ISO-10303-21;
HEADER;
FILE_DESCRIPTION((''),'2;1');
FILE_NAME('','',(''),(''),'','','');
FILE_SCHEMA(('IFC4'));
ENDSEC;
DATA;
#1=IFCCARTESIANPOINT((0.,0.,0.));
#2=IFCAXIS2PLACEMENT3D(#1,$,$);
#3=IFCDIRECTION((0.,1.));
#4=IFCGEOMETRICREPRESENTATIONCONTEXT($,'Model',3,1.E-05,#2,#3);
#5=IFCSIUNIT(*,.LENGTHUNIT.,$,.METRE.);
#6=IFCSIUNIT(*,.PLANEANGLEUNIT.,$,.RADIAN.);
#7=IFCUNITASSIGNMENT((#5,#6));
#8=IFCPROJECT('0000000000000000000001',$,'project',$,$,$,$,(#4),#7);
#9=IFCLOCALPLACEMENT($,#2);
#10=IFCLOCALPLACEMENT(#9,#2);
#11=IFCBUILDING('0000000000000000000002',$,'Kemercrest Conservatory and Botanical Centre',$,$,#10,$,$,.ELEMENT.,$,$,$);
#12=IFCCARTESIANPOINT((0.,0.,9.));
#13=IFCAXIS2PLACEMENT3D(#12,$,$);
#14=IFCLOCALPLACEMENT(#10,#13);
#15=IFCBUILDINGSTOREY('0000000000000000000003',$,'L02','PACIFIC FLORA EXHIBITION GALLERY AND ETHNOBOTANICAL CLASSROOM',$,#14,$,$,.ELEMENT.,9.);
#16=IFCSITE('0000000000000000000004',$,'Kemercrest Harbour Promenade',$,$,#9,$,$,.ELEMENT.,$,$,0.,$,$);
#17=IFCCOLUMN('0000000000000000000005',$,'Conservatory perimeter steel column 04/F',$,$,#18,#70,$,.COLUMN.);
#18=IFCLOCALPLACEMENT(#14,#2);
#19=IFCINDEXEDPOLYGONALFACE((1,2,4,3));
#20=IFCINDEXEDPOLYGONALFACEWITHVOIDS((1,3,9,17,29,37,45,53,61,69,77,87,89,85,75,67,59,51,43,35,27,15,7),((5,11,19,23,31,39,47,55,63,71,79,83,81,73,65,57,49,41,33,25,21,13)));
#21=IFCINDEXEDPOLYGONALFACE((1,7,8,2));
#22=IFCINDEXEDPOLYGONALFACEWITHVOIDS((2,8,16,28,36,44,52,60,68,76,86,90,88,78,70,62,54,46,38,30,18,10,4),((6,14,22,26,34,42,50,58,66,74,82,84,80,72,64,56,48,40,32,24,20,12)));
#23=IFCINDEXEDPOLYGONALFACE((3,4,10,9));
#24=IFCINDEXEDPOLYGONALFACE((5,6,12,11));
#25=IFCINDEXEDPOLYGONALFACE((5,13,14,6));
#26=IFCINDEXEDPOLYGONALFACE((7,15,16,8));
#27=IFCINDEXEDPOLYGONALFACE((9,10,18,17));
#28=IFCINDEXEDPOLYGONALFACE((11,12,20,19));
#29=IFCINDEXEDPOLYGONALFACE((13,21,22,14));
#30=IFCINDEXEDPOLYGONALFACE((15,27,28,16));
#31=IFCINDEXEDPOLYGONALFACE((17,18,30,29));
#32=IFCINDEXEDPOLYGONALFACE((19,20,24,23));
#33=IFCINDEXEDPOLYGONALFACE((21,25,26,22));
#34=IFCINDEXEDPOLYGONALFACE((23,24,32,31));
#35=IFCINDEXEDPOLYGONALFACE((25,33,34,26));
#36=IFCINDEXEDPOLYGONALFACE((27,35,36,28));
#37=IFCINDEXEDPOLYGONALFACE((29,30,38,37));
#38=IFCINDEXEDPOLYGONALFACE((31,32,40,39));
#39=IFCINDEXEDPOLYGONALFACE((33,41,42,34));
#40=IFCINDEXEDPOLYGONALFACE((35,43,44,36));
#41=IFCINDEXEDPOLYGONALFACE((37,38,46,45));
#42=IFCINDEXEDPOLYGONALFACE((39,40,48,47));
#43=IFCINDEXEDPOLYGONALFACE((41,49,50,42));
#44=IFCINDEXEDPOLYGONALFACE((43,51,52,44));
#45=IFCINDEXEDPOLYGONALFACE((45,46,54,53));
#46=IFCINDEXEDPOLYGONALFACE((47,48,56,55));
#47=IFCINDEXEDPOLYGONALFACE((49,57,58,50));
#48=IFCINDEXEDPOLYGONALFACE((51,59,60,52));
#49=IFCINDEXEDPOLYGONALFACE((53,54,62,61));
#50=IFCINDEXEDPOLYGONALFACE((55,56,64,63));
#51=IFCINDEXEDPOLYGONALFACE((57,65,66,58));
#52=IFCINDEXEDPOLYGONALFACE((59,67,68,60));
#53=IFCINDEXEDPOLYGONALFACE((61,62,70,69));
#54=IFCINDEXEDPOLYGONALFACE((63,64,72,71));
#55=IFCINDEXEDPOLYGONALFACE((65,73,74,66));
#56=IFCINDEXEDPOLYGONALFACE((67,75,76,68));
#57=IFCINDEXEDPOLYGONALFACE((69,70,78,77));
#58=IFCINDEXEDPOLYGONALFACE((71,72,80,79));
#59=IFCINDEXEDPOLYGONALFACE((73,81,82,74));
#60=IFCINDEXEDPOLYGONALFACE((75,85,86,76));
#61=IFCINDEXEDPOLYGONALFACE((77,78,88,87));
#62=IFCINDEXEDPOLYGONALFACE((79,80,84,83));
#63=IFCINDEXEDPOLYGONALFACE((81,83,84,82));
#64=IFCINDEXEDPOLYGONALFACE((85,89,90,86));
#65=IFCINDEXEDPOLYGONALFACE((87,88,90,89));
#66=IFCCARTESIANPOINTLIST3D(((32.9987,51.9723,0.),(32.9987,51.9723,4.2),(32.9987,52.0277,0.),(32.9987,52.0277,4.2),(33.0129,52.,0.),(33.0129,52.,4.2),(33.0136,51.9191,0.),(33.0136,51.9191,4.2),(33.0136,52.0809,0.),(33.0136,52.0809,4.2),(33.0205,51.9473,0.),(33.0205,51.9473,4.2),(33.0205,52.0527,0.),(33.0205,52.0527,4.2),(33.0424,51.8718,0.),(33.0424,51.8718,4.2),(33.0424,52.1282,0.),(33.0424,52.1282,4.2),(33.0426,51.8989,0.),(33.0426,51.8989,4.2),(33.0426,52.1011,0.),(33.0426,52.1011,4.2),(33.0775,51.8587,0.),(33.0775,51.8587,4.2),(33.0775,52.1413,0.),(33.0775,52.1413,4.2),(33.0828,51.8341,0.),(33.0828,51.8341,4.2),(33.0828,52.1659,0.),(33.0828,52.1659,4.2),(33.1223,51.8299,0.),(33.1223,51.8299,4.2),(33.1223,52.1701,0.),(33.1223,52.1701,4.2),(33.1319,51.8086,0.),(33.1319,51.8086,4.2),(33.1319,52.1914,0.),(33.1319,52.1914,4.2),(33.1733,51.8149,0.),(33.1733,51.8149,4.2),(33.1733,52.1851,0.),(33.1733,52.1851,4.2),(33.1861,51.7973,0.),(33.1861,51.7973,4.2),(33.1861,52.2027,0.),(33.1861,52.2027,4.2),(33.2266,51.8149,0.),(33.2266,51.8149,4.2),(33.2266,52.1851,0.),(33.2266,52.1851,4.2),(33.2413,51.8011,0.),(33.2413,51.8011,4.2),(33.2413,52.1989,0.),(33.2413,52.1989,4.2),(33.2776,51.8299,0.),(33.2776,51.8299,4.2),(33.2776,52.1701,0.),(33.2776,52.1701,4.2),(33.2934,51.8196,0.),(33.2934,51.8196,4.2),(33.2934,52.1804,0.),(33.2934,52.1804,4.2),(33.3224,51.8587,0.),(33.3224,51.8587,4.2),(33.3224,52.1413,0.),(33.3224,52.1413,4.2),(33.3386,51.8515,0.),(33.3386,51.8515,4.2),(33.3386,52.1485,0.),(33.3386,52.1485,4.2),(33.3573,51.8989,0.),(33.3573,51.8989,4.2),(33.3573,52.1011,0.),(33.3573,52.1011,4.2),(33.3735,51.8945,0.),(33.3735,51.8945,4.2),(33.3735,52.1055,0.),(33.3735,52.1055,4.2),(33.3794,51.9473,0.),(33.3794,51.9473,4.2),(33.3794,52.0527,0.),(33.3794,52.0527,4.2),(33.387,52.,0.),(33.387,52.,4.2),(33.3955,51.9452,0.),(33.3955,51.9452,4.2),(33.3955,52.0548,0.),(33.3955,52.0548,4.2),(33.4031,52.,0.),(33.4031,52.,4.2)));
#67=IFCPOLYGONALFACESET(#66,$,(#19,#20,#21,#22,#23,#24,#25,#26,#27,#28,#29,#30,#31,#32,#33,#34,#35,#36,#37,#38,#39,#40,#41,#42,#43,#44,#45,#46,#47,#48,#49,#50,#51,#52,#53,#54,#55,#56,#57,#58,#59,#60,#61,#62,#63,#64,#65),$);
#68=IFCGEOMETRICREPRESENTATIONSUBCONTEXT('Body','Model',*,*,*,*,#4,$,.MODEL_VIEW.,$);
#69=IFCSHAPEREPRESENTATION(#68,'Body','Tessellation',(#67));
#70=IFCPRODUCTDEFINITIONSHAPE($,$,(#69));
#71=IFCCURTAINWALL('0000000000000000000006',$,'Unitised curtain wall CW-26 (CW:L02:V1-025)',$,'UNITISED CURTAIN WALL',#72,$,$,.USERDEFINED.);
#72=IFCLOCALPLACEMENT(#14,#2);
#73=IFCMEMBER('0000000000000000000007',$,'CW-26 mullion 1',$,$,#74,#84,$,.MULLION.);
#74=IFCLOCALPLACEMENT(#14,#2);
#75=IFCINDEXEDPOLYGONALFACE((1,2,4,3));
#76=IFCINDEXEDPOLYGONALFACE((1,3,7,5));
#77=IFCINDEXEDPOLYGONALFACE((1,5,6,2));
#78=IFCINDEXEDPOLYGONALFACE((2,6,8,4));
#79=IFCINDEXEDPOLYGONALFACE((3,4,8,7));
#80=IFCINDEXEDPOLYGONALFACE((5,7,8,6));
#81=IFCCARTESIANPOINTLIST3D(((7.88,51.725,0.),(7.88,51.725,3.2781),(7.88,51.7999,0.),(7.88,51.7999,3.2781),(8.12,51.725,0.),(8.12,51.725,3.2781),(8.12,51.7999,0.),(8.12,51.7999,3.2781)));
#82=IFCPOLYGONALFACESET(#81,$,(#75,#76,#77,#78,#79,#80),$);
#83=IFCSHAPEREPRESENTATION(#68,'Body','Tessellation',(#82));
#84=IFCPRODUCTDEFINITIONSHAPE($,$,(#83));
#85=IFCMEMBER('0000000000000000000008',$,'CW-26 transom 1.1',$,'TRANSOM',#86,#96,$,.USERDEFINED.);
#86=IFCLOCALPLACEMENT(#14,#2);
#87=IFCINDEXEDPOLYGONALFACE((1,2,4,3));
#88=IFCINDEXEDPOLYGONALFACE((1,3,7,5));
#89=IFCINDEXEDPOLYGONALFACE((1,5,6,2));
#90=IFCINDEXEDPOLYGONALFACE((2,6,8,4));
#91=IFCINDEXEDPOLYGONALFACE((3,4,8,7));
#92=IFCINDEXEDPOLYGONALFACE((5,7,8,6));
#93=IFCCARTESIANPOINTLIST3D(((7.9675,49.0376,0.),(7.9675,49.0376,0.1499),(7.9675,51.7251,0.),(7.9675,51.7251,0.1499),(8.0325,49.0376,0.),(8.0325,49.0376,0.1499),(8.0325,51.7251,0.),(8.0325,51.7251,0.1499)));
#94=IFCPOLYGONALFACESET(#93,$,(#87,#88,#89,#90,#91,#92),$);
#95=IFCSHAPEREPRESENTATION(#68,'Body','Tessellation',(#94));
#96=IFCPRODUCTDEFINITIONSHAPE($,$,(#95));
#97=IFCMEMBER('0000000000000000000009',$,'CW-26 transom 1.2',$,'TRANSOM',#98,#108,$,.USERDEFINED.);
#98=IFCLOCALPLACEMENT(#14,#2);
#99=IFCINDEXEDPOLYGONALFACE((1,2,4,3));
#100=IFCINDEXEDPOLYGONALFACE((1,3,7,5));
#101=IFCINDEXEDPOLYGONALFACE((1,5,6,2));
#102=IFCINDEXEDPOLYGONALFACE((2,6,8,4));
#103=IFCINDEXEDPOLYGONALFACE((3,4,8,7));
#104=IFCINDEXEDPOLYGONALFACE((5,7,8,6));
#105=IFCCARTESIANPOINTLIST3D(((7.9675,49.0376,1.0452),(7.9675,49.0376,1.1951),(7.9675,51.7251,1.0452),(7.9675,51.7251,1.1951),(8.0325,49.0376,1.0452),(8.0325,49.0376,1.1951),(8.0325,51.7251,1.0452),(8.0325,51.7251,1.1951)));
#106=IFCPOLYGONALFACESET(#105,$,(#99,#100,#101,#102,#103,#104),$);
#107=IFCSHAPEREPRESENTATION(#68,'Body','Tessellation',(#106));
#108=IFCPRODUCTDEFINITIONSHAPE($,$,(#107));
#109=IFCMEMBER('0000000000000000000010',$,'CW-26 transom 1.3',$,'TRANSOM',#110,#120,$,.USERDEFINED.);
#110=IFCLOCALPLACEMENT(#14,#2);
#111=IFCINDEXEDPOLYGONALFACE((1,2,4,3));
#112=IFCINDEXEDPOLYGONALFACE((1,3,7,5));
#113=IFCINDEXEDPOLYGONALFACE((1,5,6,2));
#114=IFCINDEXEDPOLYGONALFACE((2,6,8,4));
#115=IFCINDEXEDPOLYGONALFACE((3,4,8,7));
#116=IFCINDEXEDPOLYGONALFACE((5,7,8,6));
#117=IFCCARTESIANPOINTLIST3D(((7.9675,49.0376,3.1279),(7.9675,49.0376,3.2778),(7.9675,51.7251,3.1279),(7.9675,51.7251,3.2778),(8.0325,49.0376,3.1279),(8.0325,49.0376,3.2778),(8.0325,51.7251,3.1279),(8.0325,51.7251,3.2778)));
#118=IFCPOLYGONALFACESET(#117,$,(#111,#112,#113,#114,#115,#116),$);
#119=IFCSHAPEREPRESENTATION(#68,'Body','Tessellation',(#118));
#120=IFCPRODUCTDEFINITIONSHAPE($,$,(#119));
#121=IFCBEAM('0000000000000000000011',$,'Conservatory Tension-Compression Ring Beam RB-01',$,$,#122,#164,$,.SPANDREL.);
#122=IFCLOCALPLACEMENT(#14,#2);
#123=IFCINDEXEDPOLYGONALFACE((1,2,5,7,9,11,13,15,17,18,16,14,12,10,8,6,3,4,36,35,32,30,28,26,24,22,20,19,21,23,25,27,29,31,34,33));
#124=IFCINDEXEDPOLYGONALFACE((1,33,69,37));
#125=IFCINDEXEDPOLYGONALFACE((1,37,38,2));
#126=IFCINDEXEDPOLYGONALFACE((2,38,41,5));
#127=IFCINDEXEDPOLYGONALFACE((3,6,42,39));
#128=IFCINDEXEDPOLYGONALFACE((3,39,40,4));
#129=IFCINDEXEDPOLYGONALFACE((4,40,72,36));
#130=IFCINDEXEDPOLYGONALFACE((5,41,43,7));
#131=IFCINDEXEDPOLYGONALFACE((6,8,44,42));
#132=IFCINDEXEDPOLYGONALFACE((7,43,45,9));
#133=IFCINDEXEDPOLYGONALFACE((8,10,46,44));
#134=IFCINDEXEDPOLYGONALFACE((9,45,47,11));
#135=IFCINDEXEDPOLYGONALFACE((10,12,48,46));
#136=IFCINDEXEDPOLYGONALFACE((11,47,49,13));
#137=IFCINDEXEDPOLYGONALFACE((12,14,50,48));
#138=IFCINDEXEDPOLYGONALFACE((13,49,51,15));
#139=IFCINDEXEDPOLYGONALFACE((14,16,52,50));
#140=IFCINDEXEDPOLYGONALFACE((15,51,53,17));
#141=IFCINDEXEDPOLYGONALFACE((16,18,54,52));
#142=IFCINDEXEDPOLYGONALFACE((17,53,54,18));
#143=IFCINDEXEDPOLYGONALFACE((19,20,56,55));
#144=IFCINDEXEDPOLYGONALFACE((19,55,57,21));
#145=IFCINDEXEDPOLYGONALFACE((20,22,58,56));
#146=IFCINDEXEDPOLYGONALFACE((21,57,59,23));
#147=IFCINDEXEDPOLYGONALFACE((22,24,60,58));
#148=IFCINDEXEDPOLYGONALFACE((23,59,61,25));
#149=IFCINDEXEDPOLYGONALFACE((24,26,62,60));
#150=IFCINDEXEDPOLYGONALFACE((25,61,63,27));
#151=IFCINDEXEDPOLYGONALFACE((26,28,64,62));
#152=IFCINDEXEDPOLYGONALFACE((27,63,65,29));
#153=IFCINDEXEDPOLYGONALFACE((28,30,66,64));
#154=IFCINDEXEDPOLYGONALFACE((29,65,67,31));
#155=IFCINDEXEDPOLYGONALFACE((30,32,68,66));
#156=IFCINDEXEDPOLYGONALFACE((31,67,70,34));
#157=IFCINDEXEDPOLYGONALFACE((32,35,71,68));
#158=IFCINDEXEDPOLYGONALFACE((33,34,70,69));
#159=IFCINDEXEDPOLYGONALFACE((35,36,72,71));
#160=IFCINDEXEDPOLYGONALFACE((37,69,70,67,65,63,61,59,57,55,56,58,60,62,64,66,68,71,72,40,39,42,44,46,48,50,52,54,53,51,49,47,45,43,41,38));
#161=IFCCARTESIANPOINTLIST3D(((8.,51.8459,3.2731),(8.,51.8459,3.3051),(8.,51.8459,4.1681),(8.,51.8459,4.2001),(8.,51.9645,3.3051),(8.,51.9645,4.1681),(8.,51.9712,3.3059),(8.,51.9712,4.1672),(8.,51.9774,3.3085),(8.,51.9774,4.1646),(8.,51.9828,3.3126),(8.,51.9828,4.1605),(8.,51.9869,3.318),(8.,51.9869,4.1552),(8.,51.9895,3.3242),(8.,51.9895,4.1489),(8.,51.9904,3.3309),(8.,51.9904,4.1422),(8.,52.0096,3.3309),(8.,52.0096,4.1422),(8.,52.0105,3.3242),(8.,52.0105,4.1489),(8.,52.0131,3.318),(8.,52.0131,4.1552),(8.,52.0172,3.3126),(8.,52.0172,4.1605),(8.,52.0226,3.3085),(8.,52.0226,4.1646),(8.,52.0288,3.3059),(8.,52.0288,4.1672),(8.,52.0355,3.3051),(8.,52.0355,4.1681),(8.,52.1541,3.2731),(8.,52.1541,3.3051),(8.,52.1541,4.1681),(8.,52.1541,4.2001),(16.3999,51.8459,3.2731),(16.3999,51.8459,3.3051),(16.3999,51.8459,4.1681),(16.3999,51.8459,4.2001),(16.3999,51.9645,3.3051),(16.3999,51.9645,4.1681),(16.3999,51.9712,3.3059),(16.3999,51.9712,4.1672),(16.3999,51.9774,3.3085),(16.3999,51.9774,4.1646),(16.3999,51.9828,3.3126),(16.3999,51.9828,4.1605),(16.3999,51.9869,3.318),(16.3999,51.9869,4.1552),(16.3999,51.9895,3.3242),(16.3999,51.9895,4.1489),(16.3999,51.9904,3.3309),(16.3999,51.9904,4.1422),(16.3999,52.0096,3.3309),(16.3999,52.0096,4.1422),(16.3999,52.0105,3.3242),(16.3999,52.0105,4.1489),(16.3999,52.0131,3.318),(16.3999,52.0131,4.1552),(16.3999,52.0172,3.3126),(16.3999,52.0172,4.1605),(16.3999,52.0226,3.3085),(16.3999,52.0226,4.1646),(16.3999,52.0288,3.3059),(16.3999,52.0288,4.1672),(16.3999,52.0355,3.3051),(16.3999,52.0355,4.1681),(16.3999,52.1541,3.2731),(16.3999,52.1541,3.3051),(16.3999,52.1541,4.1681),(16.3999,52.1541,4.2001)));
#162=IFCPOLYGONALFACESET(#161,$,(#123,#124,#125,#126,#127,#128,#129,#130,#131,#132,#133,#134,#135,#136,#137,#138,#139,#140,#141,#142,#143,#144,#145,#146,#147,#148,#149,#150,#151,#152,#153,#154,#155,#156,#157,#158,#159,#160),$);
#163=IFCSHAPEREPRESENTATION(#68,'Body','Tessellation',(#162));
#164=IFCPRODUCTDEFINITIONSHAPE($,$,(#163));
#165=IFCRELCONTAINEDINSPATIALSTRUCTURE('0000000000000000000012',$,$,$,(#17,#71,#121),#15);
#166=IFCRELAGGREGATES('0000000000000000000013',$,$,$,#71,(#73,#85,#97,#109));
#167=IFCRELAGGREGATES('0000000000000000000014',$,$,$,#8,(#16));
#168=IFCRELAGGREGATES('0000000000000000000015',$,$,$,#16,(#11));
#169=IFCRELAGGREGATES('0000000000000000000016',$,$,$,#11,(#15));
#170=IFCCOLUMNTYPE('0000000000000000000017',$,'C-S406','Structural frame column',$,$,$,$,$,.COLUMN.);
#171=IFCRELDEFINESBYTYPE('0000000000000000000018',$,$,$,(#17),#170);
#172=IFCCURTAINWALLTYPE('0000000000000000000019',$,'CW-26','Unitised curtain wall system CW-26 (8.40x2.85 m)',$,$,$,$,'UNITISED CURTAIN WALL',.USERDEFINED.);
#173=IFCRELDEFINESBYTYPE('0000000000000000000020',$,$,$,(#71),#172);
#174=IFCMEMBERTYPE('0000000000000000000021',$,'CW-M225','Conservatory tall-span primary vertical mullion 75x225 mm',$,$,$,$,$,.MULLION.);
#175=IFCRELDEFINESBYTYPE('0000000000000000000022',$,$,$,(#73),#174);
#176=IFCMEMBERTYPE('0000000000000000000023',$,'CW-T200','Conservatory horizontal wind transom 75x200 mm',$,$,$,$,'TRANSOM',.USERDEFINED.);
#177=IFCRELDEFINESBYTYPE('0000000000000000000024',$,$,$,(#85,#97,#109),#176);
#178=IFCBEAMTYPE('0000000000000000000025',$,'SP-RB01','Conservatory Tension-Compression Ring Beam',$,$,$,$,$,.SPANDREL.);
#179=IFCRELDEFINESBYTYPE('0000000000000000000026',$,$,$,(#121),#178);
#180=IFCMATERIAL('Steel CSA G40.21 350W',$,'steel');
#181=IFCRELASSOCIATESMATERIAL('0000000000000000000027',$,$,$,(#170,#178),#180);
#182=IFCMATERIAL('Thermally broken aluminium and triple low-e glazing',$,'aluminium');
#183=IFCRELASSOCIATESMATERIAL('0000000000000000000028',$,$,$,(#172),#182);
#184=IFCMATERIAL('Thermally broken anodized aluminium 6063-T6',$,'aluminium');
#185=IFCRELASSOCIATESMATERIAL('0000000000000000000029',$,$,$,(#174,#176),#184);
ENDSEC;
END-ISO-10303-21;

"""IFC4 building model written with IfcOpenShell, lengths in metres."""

from ifc_helpers import new_model, si_unit, direction, frame, origin, origin_2d, place, context, subcontext, project, spatial, rectangle, hollow_circle, i_section, extrude, material, material_profile, profile_set, type_object, element, aggregate, save


model = new_model("IFC4")

# Units and contexts
model_context = context("Model", 3, precision=1e-05, world=origin(), true_north=direction((0.0, 1.0)))
body_context = subcontext(model_context, "Body", "Model", "MODEL_VIEW")
ifc_project = project(units=[si_unit("LENGTHUNIT", "METRE"), si_unit("PLANEANGLEUNIT", "RADIAN")], contexts=[model_context])

# Site, building, storey
site_placement = place(None, origin())
site = spatial("IfcSite", under=ifc_project, at=site_placement, Name="Kemercrest Harbour Promenade", CompositionType="ELEMENT", RefElevation=0.0)
building_placement = place(site_placement, origin())
building = spatial("IfcBuilding", under=site, at=building_placement, Name="Kemercrest Conservatory and Botanical Centre", CompositionType="ELEMENT")
storey_placement = place(building_placement, frame((0.0, 0.0, 9.0)))
storey = spatial("IfcBuildingStorey", under=building, at=storey_placement, Name="L02", Description="PACIFIC FLORA EXHIBITION GALLERY AND ETHNOBOTANICAL CLASSROOM", CompositionType="ELEMENT", Elevation=9.0)

# Column
ifc_material_1 = material(Name="Steel CSA G40.21 350W", Category="steel")
ifc_material_profile_1 = material_profile(ifc_material_1, hollow_circle(Radius=0.2031, WallThickness=0.0161, at=origin_2d()), Name="CHS 406.4x16.0")
ifc_profile_set_1 = profile_set([ifc_material_profile_1], Name="Steel CSA G40.21 350W")
column_type = type_object("IfcColumnType", Name="C-S406", Description="Structural frame column", PredefinedType="COLUMN", material=ifc_profile_set_1)
for number, where, z_axis, x_axis, name in (
    (1, (33.2, 52.0, 0.0), (0.0, 0.0, 1.0), (1.0, 0.0, 0.0), "Conservatory perimeter steel column 04/F"),
):
    element("IfcColumn", number, at=place(storey_placement, frame(where, z_axis=z_axis, x_axis=x_axis)), inside=storey, type_object=column_type, Name=name, PredefinedType="COLUMN", context=body_context, shape_type="SweptSolid", body=[
        extrude(hollow_circle(Radius=0.2031, WallThickness=0.0161, at=origin_2d()), origin(), (0.0, 0.0, 1.0), 4.2),
    ])

# Curtain wall, members
ifc_material_2 = material(Name="Thermally broken aluminium and triple low-e glazing", Category="aluminium")
curtain_wall_type = type_object("IfcCurtainWallType", Name="CW-26", Description="Unitised curtain wall system CW-26 (8.40x2.85 m)", ElementType="UNITISED CURTAIN WALL", PredefinedType="USERDEFINED", material=ifc_material_2)
curtain_wall_placement = place(storey_placement, origin())
curtain_wall = element("IfcCurtainWall", 2, at=curtain_wall_placement, inside=storey, type_object=curtain_wall_type, Name="Unitised curtain wall CW-26 (CW:L02:V1-025)", ObjectType="UNITISED CURTAIN WALL", PredefinedType="USERDEFINED")
ifc_material_3 = material(Name="Thermally broken anodized aluminium 6063-T6", Category="aluminium")
ifc_material_profile_2 = material_profile(ifc_material_3, rectangle(XDim=0.24, YDim=0.075, at=origin_2d()), Name="AL MULLION 75x240")
ifc_profile_set_2 = profile_set([ifc_material_profile_2], Name="Thermally broken anodized aluminium 6063-T6")
member_type_1 = type_object("IfcMemberType", Name="CW-M225", Description="Conservatory tall-span primary vertical mullion 75x225 mm", PredefinedType="MULLION", material=ifc_profile_set_2)
member_1_placement = place(storey_placement, frame((8.0, 51.7625, 0.0), z_axis=(0.0, 0.0, 1.0), x_axis=(1.0, 0.0, 0.0)))
member_1 = element("IfcMember", 3, at=member_1_placement, type_object=member_type_1, Name="CW-26 mullion 1", PredefinedType="MULLION", context=body_context, shape_type="SweptSolid", body=[
    extrude(rectangle(XDim=0.24, YDim=0.075, at=origin_2d()), origin(), (0.0, 0.0, 1.0), 3.2781),
])
ifc_material_profile_3 = material_profile(ifc_material_3, rectangle(XDim=0.0649, YDim=0.1499, at=origin_2d()), Name="AL TRANSOM 65x150")
ifc_profile_set_3 = profile_set([ifc_material_profile_3], Name="Thermally broken anodized aluminium 6063-T6")
member_type_2 = type_object("IfcMemberType", Name="CW-T200", Description="Conservatory horizontal wind transom 75x200 mm", ElementType="TRANSOM", PredefinedType="USERDEFINED", material=ifc_profile_set_3)
member_2_placement = place(storey_placement, frame((8.0, 51.7251, 0.075), z_axis=(0.0, -1.0, 0.0), x_axis=(1.0, 0.0, 0.0)))
member_2 = element("IfcMember", 4, at=member_2_placement, type_object=member_type_2, Name="CW-26 transom 1.1", ObjectType="TRANSOM", PredefinedType="USERDEFINED", context=body_context, shape_type="SweptSolid", body=[
    extrude(rectangle(XDim=0.0649, YDim=0.1499, at=origin_2d()), origin(), (0.0, 0.0, 1.0), 2.6875),
])
member_3_placement = place(storey_placement, frame((8.0, 51.7251, 1.1201), z_axis=(0.0, -1.0, 0.0), x_axis=(1.0, 0.0, 0.0)))
member_3 = element("IfcMember", 5, at=member_3_placement, type_object=member_type_2, Name="CW-26 transom 1.2", ObjectType="TRANSOM", PredefinedType="USERDEFINED", context=body_context, shape_type="SweptSolid", body=[
    extrude(rectangle(XDim=0.0649, YDim=0.1499, at=origin_2d()), origin(), (0.0, 0.0, 1.0), 2.6875),
])
member_4_placement = place(storey_placement, frame((8.0, 51.7251, 3.2029), z_axis=(0.0, -1.0, 0.0), x_axis=(1.0, 0.0, 0.0)))
member_4 = element("IfcMember", 6, at=member_4_placement, type_object=member_type_2, Name="CW-26 transom 1.3", ObjectType="TRANSOM", PredefinedType="USERDEFINED", context=body_context, shape_type="SweptSolid", body=[
    extrude(rectangle(XDim=0.0649, YDim=0.1499, at=origin_2d()), origin(), (0.0, 0.0, 1.0), 2.6875),
])

# Beam
ifc_material_profile_4 = material_profile(ifc_material_1, i_section(OverallWidth=0.3081, OverallDepth=0.927, WebThickness=0.0193, FlangeThickness=0.032, FilletRadius=0.0259, at=origin_2d()), Name="W920X289")
ifc_profile_set_4 = profile_set([ifc_material_profile_4], Name="Steel CSA G40.21 350W")
beam_type = type_object("IfcBeamType", Name="SP-RB01", Description="Conservatory Tension-Compression Ring Beam", PredefinedType="SPANDREL", material=ifc_profile_set_4)
beam_1_placement = place(storey_placement, frame((8.0, 52.0, 3.7366), z_axis=(1.0, 0.0, 0.0), x_axis=(0.0, 1.0, 0.0)))
element("IfcBeam", 7, at=beam_1_placement, inside=storey, type_object=beam_type, Name="Conservatory Tension-Compression Ring Beam RB-01", PredefinedType="SPANDREL", context=body_context, shape_type="SweptSolid", body=[
    extrude(i_section(OverallWidth=0.3081, OverallDepth=0.927, WebThickness=0.0193, FlangeThickness=0.032, FilletRadius=0.0259, at=origin_2d()), origin(), (0.0, 0.0, 1.0), 8.3999),
])

aggregate(curtain_wall, [member_1, member_2, member_3, member_4])

save(model, "model.ifc")
